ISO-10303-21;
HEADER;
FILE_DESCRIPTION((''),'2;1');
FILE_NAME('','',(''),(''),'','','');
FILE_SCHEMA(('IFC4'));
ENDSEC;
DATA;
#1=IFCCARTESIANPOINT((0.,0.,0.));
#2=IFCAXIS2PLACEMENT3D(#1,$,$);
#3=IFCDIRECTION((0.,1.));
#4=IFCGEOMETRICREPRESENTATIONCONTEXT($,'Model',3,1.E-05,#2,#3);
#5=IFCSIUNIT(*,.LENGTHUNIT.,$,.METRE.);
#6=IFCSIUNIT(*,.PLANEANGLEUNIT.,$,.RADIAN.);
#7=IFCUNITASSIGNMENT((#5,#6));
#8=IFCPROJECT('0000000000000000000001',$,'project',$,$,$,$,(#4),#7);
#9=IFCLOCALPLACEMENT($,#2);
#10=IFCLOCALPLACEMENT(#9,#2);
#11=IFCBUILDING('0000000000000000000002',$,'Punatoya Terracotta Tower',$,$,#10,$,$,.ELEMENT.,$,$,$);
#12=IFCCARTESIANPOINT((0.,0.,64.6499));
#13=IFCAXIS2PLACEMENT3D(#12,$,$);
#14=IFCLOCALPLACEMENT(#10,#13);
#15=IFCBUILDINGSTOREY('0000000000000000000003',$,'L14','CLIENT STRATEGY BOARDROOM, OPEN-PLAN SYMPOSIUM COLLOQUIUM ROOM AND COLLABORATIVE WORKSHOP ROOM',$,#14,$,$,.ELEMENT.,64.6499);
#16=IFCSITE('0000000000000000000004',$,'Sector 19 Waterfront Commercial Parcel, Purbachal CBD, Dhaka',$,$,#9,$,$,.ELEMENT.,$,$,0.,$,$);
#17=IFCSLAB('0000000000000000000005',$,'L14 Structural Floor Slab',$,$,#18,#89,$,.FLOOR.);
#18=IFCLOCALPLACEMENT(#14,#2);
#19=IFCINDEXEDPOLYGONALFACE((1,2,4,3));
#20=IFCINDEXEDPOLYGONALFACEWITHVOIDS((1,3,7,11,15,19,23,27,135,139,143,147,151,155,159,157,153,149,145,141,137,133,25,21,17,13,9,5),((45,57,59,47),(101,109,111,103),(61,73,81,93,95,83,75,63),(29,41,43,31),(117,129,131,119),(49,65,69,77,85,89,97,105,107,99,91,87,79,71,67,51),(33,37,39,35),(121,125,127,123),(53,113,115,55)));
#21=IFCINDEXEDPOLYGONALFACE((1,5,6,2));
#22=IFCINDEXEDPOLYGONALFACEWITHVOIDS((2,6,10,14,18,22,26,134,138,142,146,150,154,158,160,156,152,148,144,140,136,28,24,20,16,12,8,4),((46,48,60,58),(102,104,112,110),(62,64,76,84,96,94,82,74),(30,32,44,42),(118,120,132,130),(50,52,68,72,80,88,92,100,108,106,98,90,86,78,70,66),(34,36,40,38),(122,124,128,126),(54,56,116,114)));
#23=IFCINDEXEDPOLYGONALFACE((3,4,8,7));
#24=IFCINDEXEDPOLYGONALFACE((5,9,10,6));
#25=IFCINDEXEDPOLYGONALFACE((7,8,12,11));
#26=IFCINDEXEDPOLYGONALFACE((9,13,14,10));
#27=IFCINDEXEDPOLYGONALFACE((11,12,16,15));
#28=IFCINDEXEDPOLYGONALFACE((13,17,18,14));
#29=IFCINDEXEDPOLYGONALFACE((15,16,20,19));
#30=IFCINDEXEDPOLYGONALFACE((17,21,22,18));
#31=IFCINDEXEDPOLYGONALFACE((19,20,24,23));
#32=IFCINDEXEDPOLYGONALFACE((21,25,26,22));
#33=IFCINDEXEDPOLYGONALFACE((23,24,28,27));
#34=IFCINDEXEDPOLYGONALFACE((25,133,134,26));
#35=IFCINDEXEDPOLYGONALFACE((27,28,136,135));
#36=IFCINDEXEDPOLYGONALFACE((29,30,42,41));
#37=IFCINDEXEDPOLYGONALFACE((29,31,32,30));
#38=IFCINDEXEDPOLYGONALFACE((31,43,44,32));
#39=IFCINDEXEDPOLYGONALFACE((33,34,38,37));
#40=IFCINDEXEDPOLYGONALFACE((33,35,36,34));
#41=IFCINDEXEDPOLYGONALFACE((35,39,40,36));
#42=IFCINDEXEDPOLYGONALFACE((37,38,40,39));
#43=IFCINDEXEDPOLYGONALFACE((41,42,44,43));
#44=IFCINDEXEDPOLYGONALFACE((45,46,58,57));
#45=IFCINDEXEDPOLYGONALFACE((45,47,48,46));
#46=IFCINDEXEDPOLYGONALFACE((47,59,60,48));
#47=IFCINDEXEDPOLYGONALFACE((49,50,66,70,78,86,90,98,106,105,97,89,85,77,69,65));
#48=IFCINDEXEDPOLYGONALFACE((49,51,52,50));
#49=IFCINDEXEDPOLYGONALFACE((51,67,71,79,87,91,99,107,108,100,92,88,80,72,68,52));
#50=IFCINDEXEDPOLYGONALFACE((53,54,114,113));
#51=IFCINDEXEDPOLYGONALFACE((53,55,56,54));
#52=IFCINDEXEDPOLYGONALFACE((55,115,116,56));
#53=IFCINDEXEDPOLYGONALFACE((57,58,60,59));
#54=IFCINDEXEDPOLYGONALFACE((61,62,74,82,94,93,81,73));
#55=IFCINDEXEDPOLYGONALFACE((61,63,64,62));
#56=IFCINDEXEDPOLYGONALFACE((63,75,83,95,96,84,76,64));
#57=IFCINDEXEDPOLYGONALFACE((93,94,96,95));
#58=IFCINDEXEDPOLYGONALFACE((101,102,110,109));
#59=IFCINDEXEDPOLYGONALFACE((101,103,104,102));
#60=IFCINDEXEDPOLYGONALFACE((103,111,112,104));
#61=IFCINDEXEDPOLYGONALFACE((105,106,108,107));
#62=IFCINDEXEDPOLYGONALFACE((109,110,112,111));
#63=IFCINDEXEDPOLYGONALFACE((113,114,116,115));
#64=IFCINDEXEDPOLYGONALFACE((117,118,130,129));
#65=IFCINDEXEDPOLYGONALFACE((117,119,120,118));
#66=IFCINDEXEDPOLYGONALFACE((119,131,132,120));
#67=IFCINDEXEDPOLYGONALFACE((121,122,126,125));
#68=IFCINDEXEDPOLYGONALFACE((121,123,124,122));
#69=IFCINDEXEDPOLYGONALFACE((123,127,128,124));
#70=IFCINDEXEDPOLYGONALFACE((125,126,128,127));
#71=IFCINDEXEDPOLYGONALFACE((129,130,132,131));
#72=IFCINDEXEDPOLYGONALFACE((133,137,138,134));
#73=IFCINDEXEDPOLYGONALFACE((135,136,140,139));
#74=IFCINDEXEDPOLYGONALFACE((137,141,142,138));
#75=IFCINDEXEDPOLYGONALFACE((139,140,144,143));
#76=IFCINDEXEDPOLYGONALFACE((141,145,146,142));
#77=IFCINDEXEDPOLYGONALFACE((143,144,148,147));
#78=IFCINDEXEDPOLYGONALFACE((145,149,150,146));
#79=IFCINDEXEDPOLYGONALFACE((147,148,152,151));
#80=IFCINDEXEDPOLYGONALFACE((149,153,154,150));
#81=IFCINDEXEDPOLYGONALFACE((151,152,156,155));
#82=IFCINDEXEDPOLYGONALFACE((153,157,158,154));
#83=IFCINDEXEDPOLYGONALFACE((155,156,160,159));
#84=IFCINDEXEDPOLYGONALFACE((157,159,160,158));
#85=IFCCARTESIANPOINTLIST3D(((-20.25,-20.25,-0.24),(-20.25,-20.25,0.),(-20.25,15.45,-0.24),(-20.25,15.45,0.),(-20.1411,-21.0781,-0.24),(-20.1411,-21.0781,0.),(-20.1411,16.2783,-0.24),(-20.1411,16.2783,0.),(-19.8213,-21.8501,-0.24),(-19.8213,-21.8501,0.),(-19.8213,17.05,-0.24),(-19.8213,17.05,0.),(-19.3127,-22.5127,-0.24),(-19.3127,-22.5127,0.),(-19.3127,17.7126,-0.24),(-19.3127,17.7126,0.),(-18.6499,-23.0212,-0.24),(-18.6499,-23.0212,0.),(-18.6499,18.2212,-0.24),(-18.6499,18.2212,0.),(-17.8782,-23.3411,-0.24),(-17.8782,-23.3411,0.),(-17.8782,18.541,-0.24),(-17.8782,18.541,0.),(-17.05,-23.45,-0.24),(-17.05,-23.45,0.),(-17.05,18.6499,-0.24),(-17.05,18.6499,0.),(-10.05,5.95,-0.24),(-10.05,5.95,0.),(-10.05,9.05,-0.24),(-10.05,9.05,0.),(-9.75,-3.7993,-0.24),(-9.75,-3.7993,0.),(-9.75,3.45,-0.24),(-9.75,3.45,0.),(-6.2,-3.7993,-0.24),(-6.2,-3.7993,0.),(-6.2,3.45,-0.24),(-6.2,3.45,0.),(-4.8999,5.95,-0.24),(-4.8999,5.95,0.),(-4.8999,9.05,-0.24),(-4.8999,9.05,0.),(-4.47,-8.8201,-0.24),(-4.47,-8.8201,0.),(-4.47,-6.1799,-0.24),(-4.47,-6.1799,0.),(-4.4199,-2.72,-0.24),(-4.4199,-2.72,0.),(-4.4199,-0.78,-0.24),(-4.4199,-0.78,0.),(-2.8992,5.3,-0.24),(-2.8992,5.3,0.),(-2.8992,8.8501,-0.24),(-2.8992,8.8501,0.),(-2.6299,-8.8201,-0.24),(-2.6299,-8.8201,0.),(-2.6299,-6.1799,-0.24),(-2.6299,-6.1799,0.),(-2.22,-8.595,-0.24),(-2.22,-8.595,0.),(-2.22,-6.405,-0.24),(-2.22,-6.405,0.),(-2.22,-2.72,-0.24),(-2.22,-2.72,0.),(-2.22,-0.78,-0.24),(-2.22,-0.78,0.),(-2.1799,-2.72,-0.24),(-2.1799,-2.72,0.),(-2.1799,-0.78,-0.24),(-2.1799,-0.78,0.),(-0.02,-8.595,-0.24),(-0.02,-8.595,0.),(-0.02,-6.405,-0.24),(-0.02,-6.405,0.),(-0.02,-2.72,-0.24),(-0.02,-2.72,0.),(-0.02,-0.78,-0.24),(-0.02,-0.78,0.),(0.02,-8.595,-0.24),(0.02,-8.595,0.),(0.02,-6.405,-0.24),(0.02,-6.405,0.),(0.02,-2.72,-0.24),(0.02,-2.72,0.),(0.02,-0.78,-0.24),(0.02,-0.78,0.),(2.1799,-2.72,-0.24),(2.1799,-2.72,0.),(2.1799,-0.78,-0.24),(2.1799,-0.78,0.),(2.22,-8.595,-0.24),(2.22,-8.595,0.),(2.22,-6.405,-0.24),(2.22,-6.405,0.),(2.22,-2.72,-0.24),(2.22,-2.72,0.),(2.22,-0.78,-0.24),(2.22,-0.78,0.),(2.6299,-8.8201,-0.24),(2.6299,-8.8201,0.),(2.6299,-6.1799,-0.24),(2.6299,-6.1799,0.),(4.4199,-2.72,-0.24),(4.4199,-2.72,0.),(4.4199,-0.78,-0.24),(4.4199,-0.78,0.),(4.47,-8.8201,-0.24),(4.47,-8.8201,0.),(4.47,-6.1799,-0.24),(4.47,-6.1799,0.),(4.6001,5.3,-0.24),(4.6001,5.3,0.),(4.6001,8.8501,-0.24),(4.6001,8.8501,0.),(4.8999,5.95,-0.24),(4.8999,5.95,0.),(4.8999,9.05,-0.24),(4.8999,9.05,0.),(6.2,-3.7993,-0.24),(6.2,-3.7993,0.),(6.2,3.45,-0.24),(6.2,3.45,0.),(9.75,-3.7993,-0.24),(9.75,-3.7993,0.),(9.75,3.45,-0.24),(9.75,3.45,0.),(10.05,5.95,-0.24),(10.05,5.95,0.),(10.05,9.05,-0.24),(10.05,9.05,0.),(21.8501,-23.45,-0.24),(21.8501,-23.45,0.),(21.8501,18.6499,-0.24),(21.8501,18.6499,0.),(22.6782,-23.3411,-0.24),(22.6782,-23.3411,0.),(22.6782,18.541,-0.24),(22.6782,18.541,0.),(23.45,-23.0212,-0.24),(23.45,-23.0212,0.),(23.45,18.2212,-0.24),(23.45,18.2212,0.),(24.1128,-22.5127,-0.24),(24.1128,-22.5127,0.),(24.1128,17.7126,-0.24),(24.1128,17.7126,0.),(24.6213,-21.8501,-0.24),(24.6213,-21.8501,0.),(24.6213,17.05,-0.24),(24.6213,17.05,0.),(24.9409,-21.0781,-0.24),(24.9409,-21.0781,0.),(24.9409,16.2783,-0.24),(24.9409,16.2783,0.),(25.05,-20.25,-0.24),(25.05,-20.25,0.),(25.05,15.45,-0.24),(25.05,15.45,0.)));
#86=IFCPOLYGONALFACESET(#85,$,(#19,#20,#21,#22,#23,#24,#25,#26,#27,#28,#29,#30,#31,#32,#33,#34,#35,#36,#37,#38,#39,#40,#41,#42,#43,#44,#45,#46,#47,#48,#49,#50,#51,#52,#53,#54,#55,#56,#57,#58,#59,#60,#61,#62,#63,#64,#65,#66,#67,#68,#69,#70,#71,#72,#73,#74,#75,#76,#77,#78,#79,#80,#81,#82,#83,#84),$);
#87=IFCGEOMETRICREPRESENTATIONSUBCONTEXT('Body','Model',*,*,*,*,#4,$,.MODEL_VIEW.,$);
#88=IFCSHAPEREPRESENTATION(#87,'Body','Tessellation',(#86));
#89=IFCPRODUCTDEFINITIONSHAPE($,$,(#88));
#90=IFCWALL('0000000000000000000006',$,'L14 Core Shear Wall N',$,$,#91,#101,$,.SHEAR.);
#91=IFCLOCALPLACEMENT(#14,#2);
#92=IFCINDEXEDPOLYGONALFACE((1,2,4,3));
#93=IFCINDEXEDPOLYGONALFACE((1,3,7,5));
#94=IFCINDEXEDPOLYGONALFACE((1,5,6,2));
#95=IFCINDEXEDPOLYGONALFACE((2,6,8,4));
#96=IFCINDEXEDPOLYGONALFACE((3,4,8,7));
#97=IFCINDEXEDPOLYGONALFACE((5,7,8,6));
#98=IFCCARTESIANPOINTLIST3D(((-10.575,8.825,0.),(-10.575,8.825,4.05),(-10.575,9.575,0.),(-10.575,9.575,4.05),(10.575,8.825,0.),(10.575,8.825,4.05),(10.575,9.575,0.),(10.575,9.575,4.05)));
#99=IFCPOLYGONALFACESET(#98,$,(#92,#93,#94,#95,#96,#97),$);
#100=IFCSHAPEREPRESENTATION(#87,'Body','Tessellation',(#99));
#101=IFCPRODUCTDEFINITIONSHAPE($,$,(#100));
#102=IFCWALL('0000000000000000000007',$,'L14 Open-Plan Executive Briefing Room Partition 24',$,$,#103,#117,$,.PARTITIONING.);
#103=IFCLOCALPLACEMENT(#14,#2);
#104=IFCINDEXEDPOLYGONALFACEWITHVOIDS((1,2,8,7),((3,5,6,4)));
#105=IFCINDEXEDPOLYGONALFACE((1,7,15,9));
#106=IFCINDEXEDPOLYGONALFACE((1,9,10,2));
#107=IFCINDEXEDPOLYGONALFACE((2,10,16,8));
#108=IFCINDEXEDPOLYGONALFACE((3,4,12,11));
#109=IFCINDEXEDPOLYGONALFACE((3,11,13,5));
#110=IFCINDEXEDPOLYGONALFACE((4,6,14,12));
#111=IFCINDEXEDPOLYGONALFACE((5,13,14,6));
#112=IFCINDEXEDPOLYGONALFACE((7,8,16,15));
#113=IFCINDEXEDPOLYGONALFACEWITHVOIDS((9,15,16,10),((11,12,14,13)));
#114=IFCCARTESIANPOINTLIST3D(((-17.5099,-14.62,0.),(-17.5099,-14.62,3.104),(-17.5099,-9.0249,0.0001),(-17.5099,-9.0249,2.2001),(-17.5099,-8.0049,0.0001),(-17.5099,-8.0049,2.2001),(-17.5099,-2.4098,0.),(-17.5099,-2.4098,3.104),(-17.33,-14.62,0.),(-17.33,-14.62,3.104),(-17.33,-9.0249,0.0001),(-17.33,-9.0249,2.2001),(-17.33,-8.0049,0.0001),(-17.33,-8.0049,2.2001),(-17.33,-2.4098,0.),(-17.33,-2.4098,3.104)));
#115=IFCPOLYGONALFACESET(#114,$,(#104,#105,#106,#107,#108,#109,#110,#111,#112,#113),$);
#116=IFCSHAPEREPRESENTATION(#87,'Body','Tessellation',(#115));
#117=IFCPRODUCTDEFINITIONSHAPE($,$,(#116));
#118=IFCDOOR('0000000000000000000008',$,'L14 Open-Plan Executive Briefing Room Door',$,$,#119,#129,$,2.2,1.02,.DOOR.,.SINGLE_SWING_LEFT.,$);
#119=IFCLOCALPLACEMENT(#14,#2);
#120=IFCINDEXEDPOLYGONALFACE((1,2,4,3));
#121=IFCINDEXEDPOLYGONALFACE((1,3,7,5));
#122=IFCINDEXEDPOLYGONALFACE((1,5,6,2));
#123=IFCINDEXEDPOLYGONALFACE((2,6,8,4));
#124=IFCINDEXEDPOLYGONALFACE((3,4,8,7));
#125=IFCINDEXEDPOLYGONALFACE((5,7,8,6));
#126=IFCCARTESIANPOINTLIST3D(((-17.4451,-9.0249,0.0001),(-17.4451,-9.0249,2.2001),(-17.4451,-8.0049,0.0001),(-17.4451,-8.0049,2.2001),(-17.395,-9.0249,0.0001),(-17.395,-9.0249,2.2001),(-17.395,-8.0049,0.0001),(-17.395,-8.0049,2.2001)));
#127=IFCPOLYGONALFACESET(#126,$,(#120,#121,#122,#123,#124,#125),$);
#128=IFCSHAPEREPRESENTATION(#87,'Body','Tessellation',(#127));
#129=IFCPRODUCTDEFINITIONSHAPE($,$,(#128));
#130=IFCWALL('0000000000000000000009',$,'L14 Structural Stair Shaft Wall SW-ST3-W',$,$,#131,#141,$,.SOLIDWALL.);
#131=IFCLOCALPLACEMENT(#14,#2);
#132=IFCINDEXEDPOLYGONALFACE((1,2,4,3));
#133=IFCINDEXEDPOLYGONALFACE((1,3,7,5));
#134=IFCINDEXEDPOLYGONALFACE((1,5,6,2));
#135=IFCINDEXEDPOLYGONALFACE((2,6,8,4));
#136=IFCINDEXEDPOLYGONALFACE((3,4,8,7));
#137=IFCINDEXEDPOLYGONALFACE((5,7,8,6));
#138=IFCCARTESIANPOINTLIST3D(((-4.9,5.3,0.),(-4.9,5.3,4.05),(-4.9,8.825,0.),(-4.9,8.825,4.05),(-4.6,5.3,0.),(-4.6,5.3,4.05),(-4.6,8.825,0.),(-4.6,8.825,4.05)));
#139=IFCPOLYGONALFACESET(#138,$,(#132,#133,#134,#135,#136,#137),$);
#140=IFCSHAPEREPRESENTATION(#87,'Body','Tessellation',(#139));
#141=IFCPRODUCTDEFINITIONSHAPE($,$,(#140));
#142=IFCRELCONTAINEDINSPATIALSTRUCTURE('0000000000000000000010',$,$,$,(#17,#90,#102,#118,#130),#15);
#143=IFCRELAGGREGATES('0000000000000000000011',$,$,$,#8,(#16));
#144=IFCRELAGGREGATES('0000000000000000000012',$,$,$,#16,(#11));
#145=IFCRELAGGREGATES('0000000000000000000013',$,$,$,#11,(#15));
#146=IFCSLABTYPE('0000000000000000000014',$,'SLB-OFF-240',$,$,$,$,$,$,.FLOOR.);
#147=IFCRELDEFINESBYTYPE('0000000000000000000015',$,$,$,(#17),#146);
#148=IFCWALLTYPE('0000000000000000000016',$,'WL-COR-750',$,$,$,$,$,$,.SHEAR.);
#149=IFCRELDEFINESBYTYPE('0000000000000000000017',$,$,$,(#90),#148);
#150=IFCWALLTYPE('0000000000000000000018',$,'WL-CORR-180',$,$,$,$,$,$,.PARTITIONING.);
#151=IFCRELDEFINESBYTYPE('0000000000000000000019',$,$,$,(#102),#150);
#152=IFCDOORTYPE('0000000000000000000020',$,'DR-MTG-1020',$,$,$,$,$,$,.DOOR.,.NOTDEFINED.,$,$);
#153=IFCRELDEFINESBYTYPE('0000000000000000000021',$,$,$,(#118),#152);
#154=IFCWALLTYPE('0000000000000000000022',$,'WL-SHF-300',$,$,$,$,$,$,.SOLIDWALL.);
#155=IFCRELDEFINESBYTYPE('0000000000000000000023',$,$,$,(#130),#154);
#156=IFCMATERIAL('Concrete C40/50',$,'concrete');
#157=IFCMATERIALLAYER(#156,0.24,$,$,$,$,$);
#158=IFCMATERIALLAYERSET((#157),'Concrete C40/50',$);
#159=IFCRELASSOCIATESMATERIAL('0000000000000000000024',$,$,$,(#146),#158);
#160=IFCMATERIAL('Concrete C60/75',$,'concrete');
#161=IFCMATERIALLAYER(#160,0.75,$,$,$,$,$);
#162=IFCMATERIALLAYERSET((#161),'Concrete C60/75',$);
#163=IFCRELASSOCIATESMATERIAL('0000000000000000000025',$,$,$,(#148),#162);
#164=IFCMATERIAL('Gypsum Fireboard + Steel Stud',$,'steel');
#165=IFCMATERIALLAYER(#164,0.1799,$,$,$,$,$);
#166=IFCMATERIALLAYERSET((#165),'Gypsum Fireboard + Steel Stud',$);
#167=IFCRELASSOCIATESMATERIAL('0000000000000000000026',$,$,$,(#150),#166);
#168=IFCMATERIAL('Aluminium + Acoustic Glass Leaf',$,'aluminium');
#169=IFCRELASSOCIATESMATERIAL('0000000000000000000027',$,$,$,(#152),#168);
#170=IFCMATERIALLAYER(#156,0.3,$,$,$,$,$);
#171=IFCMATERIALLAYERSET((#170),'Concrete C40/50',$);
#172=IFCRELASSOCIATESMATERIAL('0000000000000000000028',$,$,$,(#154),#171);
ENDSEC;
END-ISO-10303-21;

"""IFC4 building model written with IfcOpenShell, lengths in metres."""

from ifc_helpers import new_model, si_unit, direction, frame, frame_2d, origin, place, context, subcontext, project, spatial, polyline, rectangle, outline, extrude, material, layer, layer_set, type_object, element, fill, save


model = new_model("IFC4")

# Units and contexts
model_context = context("Model", 3, precision=1e-05, world=origin(), true_north=direction((0.0, 1.0)))
body_context = subcontext(model_context, "Body", "Model", "MODEL_VIEW")
ifc_project = project(units=[si_unit("LENGTHUNIT", "METRE"), si_unit("PLANEANGLEUNIT", "RADIAN")], contexts=[model_context])

# Site, building, storey
site_placement = place(None, origin())
site = spatial("IfcSite", under=ifc_project, at=site_placement, Name="Sector 19 Waterfront Commercial Parcel, Purbachal CBD, Dhaka", CompositionType="ELEMENT", RefElevation=0.0)
building_placement = place(site_placement, origin())
building = spatial("IfcBuilding", under=site, at=building_placement, Name="Punatoya Terracotta Tower", CompositionType="ELEMENT")
storey_placement = place(building_placement, frame((0.0, 0.0, 64.6499)))
storey = spatial("IfcBuildingStorey", under=building, at=storey_placement, Name="L14", Description="CLIENT STRATEGY BOARDROOM, OPEN-PLAN SYMPOSIUM COLLOQUIUM ROOM AND COLLABORATIVE WORKSHOP ROOM", CompositionType="ELEMENT", Elevation=64.6499)

# Shared definitions
ifc_material_1 = material(Name="Concrete C60/75", Category="concrete")

# Shared definitions
ifc_material_2 = material(Name="Concrete C40/50", Category="concrete")

# Slab
ifc_layer_1 = layer(ifc_material_2, 0.24)
ifc_layer_set_1 = layer_set([ifc_layer_1], Name="Concrete C40/50")
slab_type_1 = type_object("IfcSlabType", Name="SLB-OFF-240", PredefinedType="FLOOR", material=ifc_layer_set_1)
slab_1_placement = place(storey_placement, frame((0.0, 0.0, -0.24)))
element("IfcSlab", 1, at=slab_1_placement, inside=storey, type_object=slab_type_1, Name="L14 Structural Floor Slab", PredefinedType="FLOOR", context=body_context, shape_type="SweptSolid", body=[
    extrude(outline(polyline([(-17.05, -23.45), (-17.8782, -23.3411), (-18.6499, -23.0212), (-19.3127, -22.5127), (-19.8213, -21.8501), (-20.1411, -21.0781), (-20.25, -20.25), (-20.25, 15.45), (-20.1411, 16.2783), (-19.8213, 17.05), (-19.3127, 17.7126), (-18.6499, 18.2212), (-17.8782, 18.541), (-17.05, 18.6499), (21.8501, 18.6499), (22.6782, 18.541), (23.45, 18.2212), (24.1128, 17.7126), (24.6213, 17.05), (24.9409, 16.2783), (25.05, 15.45), (25.05, -20.25), (24.9409, -21.0781), (24.6213, -21.8501), (24.1128, -22.5127), (23.45, -23.0212), (22.6782, -23.3411), (21.8501, -23.45), (-17.05, -23.45)]), holes=[polyline([(-2.6299, -6.1799), (-4.47, -6.1799), (-4.47, -8.8201), (-2.6299, -8.8201), (-2.6299, -6.1799)]), polyline([(0.02, -8.595), (2.22, -8.595), (2.22, -6.405), (0.02, -6.405), (-0.02, -6.405), (-2.22, -6.405), (-2.22, -8.595), (-0.02, -8.595), (0.02, -8.595)]), polyline([(-2.22, -2.72), (-2.1799, -2.72), (-0.02, -2.72), (0.02, -2.72), (2.1799, -2.72), (2.22, -2.72), (4.4199, -2.72), (4.4199, -0.78), (2.22, -0.78), (2.1799, -0.78), (0.02, -0.78), (-0.02, -0.78), (-2.1799, -0.78), (-2.22, -0.78), (-4.4199, -0.78), (-4.4199, -2.72), (-2.22, -2.72)]), polyline([(-6.2, 3.45), (-9.75, 3.45), (-9.75, -3.7993), (-6.2, -3.7993), (-6.2, 3.45)]), polyline([(4.6001, 5.3), (4.6001, 8.8501), (-2.8992, 8.8501), (-2.8992, 5.3), (4.6001, 5.3)]), polyline([(-4.8999, 9.05), (-10.05, 9.05), (-10.05, 5.95), (-4.8999, 5.95), (-4.8999, 9.05)]), polyline([(4.47, -8.8201), (4.47, -6.1799), (2.6299, -6.1799), (2.6299, -8.8201), (4.47, -8.8201)]), polyline([(9.75, 3.45), (6.2, 3.45), (6.2, -3.7993), (9.75, -3.7993), (9.75, 3.45)]), polyline([(10.05, 5.95), (10.05, 9.05), (4.8999, 9.05), (4.8999, 5.95), (10.05, 5.95)])]), origin(), (0.0, 0.0, 1.0), 0.24),
])

# Wall
ifc_layer_2 = layer(ifc_material_1, 0.75)
ifc_layer_set_2 = layer_set([ifc_layer_2], Name="Concrete C60/75")
wall_type_1 = type_object("IfcWallType", Name="WL-COR-750", PredefinedType="SHEAR", material=ifc_layer_set_2)
wall_1_placement = place(storey_placement, frame((-10.575, 9.2, 0.0), z_axis=(0.0, 0.0, 1.0), x_axis=(1.0, 0.0, 0.0)))
element("IfcWall", 2, at=wall_1_placement, inside=storey, type_object=wall_type_1, Name="L14 Core Shear Wall N", PredefinedType="SHEAR", context=body_context, shape_type="SweptSolid", body=[
    extrude(rectangle(XDim=21.1499, YDim=0.75, at=frame_2d((10.575, 0.0))), origin(), (0.0, 0.0, 1.0), 4.05),
])

# Wall, opening, door
ifc_material_3 = material(Name="Gypsum Fireboard + Steel Stud", Category="steel")
ifc_layer_3 = layer(ifc_material_3, 0.1799)
ifc_layer_set_3 = layer_set([ifc_layer_3], Name="Gypsum Fireboard + Steel Stud")
wall_type_2 = type_object("IfcWallType", Name="WL-CORR-180", PredefinedType="PARTITIONING", material=ifc_layer_set_3)
wall_2_placement = place(storey_placement, frame((-17.4199, -2.4099, 0.0), z_axis=(0.0, 0.0, 1.0), x_axis=(0.0, -1.0, 0.0)))
wall_2 = element("IfcWall", 3, at=wall_2_placement, inside=storey, type_object=wall_type_2, Name="L14 Open-Plan Executive Briefing Room Partition 24", PredefinedType="PARTITIONING", context=body_context, shape_type="SweptSolid", body=[
    extrude(rectangle(XDim=12.2102, YDim=0.1799, at=frame_2d((6.105, 0.0))), origin(), (0.0, 0.0, 1.0), 3.104),
])
opening_1_placement = place(wall_2_placement, frame((5.595, 0.0, 0.0)))
opening_1 = element("IfcOpeningElement", 4, at=opening_1_placement, cuts=wall_2, PredefinedType="OPENING", context=body_context, shape_type="SweptSolid", body=[
    extrude(rectangle(XDim=1.02, YDim=2.2, at=frame_2d((0.51, 1.1001))), frame((0.0, 0.0999, 0.0), z_axis=(0.0, -1.0, 0.0), x_axis=(1.0, 0.0, 0.0)), (0.0, 0.0, 1.0), 0.2),
])
ifc_material_4 = material(Name="Aluminium + Acoustic Glass Leaf", Category="aluminium")
door_type_1 = type_object("IfcDoorType", Name="DR-MTG-1020", OperationType="NOTDEFINED", PredefinedType="DOOR", material=ifc_material_4)
door_1_placement = place(opening_1_placement, origin())
door_1 = element("IfcDoor", 5, at=door_1_placement, inside=storey, type_object=door_type_1, Name="L14 Open-Plan Executive Briefing Room Door", OperationType="SINGLE_SWING_LEFT", OverallHeight=2.2, OverallWidth=1.02, PredefinedType="DOOR", context=body_context, shape_type="SweptSolid", body=[
    extrude(rectangle(XDim=1.02, YDim=2.2, at=frame_2d((0.51, 1.1001))), frame((0.0, 0.0249, 0.0), z_axis=(0.0, -1.0, 0.0), x_axis=(1.0, 0.0, 0.0)), (0.0, 0.0, 1.0), 0.05),
])
fill(opening_1, door_1)

# Wall
ifc_layer_4 = layer(ifc_material_2, 0.3)
ifc_layer_set_4 = layer_set([ifc_layer_4], Name="Concrete C40/50")
wall_type_3 = type_object("IfcWallType", Name="WL-SHF-300", PredefinedType="SOLIDWALL", material=ifc_layer_set_4)
wall_3_placement = place(storey_placement, frame((-4.75, 5.3, 0.0), z_axis=(0.0, 0.0, 1.0), x_axis=(0.0, 1.0, 0.0)))
element("IfcWall", 6, at=wall_3_placement, inside=storey, type_object=wall_type_3, Name="L14 Structural Stair Shaft Wall SW-ST3-W", PredefinedType="SOLIDWALL", context=body_context, shape_type="SweptSolid", body=[
    extrude(rectangle(XDim=3.5249, YDim=0.3, at=frame_2d((1.7625, 0.0))), origin(), (0.0, 0.0, 1.0), 4.05),
])

save(model, "model.ifc")
